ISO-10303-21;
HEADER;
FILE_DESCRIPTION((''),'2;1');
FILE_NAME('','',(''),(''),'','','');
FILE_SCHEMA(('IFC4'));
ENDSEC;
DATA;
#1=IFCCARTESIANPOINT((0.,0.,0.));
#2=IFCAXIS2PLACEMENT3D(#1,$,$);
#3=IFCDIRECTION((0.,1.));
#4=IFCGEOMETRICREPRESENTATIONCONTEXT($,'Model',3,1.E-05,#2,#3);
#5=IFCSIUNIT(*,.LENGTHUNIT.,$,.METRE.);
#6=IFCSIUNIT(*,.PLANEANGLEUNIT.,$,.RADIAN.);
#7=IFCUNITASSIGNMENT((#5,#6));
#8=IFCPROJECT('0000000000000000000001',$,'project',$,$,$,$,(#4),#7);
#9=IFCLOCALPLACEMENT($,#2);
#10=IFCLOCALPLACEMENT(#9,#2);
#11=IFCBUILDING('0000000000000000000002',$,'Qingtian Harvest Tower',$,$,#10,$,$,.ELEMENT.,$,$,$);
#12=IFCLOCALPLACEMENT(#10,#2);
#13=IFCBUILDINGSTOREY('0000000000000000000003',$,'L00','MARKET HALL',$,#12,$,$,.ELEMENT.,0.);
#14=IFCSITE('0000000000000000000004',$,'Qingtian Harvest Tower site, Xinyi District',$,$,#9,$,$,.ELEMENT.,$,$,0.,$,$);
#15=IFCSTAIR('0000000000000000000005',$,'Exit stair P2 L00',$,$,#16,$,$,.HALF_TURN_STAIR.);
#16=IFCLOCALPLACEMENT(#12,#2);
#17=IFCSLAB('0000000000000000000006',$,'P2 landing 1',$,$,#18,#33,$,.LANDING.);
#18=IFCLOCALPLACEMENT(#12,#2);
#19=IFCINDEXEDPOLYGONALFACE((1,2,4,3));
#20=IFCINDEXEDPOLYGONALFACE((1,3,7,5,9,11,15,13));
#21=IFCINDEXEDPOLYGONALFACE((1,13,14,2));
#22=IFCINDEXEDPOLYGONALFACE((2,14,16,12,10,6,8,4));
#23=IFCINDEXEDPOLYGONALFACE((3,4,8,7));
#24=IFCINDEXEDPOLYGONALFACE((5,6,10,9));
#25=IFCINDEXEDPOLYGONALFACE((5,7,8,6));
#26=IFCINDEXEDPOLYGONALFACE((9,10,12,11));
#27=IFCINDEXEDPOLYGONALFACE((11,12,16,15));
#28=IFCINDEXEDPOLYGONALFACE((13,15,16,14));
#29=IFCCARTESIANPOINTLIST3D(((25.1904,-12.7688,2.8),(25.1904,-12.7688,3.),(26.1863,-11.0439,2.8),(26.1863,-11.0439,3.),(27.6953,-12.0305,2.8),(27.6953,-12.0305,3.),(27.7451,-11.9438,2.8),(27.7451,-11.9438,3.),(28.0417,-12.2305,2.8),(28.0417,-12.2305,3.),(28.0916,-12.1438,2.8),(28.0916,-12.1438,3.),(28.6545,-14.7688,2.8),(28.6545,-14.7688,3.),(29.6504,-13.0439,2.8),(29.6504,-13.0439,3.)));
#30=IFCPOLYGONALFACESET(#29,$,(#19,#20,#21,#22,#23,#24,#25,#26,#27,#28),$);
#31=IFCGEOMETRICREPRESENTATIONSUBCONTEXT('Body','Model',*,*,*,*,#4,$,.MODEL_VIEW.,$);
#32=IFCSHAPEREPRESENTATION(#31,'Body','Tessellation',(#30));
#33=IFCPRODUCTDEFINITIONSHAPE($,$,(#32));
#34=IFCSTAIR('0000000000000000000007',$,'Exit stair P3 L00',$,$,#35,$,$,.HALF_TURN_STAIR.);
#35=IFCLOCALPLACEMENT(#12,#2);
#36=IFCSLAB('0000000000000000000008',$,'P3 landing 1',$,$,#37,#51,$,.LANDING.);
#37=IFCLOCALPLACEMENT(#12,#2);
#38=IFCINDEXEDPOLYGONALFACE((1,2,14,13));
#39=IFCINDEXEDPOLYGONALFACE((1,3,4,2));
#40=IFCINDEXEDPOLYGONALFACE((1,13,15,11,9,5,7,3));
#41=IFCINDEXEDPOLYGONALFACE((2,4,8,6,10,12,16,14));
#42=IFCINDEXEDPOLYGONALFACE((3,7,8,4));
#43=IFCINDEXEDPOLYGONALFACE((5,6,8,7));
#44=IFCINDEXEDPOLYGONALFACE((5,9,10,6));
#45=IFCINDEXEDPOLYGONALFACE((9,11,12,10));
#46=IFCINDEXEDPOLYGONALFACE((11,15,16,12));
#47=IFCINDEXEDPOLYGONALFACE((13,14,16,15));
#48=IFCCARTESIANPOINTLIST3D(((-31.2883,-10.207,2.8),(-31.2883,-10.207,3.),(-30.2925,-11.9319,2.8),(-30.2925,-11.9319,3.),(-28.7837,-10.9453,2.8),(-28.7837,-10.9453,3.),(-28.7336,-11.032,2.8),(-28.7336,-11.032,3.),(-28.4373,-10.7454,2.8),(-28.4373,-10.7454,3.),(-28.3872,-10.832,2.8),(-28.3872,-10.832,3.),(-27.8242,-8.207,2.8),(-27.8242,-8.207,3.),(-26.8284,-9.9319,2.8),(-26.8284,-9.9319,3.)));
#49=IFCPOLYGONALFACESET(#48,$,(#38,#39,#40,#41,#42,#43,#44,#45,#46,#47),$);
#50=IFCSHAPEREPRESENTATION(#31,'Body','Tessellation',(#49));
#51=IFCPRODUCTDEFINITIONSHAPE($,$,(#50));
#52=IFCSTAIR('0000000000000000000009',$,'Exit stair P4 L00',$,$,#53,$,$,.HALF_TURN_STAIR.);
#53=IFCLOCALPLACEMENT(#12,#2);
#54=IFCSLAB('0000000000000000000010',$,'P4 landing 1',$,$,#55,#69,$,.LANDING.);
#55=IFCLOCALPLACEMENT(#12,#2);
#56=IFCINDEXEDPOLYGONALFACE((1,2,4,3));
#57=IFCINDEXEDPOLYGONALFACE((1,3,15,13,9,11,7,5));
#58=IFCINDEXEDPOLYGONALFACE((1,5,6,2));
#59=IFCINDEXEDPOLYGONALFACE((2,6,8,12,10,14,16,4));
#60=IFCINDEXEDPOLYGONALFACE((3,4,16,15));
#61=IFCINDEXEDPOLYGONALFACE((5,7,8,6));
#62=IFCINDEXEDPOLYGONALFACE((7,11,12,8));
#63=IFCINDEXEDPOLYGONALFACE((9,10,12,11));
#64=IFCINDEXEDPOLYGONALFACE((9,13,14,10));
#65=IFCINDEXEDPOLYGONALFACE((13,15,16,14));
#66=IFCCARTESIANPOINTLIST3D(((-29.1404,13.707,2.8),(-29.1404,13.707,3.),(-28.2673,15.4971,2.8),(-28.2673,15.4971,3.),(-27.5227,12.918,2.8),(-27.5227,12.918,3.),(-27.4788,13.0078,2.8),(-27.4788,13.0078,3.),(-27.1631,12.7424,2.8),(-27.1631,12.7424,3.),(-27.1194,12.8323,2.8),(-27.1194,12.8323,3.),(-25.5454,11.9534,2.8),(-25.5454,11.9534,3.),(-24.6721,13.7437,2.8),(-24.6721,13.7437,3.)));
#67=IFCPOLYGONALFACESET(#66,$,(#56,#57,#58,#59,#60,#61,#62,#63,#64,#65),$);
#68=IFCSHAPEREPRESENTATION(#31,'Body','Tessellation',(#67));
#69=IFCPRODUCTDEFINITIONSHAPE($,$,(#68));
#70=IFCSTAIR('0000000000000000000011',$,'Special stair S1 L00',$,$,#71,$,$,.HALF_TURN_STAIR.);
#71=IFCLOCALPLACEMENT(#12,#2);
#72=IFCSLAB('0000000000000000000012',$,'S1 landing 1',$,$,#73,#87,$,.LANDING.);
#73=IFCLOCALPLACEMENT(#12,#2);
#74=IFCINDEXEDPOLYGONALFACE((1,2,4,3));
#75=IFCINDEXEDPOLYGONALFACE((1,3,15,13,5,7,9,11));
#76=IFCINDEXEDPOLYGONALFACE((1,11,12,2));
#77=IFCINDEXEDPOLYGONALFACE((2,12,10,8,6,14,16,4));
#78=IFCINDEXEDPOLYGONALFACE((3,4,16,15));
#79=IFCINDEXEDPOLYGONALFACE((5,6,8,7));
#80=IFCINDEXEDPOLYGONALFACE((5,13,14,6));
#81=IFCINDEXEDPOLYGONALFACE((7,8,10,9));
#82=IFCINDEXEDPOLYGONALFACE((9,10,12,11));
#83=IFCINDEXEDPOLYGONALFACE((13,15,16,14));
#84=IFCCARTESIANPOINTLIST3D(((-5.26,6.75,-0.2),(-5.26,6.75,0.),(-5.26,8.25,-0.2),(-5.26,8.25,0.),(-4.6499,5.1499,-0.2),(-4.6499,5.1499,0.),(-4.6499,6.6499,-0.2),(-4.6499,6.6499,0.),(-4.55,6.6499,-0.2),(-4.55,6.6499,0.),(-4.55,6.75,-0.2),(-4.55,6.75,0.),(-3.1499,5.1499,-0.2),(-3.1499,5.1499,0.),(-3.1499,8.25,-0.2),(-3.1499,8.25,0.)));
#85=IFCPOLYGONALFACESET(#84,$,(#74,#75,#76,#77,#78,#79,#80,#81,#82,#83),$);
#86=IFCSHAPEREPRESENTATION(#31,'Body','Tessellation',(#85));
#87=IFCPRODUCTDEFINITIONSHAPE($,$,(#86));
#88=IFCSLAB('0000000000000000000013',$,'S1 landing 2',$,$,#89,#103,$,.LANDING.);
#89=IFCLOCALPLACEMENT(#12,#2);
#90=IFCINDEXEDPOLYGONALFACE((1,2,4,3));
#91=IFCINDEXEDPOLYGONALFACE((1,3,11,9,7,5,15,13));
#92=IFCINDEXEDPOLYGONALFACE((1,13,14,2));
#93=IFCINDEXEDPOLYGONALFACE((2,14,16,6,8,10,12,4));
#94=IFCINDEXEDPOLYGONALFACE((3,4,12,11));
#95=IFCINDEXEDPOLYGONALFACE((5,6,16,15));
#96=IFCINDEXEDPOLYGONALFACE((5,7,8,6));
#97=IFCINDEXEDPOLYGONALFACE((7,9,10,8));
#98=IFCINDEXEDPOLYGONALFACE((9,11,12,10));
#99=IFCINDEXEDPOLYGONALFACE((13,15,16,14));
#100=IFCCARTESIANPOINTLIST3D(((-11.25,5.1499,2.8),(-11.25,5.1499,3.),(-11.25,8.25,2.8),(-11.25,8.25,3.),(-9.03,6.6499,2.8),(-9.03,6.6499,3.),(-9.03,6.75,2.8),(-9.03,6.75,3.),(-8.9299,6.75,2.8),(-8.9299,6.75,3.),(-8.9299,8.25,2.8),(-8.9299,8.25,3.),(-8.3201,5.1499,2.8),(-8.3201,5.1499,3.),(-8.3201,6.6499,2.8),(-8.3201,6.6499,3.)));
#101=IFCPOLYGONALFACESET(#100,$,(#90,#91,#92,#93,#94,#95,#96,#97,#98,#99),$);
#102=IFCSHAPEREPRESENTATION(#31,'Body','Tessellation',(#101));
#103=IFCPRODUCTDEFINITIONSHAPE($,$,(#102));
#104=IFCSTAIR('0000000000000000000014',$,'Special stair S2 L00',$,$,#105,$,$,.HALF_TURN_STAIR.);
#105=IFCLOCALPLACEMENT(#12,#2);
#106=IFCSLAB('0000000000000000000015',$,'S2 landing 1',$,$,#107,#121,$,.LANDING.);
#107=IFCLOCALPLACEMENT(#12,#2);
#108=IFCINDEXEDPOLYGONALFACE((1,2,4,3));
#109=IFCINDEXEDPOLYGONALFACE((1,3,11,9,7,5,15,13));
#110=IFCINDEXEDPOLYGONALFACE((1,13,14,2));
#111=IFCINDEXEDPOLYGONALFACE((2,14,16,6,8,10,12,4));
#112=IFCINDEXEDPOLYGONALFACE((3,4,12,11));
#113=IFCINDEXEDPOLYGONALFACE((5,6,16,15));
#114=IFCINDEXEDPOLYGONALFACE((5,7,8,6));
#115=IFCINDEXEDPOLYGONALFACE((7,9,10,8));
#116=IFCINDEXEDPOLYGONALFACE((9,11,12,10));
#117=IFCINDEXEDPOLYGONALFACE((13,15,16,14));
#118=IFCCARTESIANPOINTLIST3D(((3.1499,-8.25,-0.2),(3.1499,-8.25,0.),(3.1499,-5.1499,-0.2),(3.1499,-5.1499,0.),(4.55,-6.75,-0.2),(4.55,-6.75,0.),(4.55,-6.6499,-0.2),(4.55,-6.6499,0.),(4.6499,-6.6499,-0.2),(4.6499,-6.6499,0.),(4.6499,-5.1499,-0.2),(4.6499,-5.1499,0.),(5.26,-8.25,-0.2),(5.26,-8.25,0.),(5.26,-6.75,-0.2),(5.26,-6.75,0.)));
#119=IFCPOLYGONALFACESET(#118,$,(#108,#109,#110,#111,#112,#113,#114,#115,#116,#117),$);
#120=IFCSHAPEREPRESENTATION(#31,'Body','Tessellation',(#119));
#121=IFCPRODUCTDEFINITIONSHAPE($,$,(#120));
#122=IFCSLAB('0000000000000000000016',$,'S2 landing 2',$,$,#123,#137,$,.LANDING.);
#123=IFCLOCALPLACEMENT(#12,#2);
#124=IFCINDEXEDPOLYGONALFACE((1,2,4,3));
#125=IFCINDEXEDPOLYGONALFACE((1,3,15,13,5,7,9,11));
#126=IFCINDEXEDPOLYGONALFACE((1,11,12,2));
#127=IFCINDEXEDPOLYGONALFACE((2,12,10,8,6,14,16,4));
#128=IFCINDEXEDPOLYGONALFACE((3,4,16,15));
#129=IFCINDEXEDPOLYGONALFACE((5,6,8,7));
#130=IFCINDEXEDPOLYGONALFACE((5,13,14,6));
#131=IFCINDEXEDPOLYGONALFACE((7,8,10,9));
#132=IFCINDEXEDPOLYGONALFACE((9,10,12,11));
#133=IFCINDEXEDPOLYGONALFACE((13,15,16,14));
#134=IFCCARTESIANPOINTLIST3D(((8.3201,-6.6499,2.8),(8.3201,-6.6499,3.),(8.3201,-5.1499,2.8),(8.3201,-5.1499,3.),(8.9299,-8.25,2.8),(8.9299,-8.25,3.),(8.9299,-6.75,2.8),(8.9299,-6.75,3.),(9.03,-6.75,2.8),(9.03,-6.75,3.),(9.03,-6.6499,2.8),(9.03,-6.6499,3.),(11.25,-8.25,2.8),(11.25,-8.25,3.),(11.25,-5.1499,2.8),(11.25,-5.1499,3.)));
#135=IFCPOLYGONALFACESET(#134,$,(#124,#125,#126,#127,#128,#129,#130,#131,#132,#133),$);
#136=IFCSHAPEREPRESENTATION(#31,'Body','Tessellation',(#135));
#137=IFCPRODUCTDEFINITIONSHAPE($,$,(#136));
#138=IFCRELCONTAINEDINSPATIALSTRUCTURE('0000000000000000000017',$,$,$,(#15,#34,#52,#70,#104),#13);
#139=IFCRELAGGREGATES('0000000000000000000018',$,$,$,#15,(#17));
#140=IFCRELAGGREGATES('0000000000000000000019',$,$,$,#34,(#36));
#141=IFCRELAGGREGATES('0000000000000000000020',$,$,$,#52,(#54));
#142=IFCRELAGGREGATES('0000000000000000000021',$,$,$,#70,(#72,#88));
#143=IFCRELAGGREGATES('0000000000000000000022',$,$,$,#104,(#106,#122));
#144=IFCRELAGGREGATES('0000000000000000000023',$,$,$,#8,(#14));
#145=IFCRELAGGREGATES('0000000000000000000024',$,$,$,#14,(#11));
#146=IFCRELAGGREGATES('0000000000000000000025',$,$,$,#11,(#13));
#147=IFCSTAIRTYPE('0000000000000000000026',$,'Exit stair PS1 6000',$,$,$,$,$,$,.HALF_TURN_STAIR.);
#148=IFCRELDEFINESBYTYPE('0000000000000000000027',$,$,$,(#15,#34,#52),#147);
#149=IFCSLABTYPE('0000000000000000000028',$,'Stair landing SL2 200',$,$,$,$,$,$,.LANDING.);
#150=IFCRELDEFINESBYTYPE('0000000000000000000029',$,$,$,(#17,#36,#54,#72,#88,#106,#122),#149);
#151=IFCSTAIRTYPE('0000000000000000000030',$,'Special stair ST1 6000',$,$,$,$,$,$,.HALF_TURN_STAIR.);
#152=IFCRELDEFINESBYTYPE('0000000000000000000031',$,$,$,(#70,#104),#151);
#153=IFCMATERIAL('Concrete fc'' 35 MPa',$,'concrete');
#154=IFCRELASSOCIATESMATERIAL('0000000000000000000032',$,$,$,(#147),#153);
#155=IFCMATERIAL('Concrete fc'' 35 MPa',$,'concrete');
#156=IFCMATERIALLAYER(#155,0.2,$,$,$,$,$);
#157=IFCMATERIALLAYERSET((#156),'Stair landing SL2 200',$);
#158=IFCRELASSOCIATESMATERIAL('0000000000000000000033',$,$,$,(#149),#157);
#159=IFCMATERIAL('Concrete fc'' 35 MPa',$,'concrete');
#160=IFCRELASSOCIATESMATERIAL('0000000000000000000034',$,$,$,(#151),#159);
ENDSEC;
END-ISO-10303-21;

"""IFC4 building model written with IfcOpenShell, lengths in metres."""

from ifc_helpers import new_model, si_unit, direction, frame, origin, place, context, subcontext, project, spatial, polyline, outline, extrude, material, layer, layer_set, type_object, element, aggregate, save


model = new_model("IFC4")

# Units and contexts
model_context = context("Model", 3, precision=1e-05, world=origin(), true_north=direction((0.0, 1.0)))
body_context = subcontext(model_context, "Body", "Model", "MODEL_VIEW")
ifc_project = project(units=[si_unit("LENGTHUNIT", "METRE"), si_unit("PLANEANGLEUNIT", "RADIAN")], contexts=[model_context])

# Site, building, storey
site_placement = place(None, origin())
site = spatial("IfcSite", under=ifc_project, at=site_placement, Name="Qingtian Harvest Tower site, Xinyi District", CompositionType="ELEMENT", RefElevation=0.0)
building_placement = place(site_placement, origin())
building = spatial("IfcBuilding", under=site, at=building_placement, Name="Qingtian Harvest Tower", CompositionType="ELEMENT")
storey_placement = place(building_placement, origin())
storey = spatial("IfcBuildingStorey", under=building, at=storey_placement, Name="L00", Description="MARKET HALL", CompositionType="ELEMENT", Elevation=0.0)

# Stairs, slabs
ifc_material_1 = material(Name="Concrete fc' 35 MPa", Category="concrete")
stair_type_1 = type_object("IfcStairType", Name="Exit stair PS1 6000", PredefinedType="HALF_TURN_STAIR", material=ifc_material_1)
ifc_material_2 = material(Name="Concrete fc' 35 MPa", Category="concrete")
ifc_layer_1 = layer(ifc_material_2, 0.2)
ifc_layer_set_1 = layer_set([ifc_layer_1], Name="Stair landing SL2 200")
slab_type_1 = type_object("IfcSlabType", Name="Stair landing SL2 200", PredefinedType="LANDING", material=ifc_layer_set_1)
stair_1_placement = place(storey_placement, origin())
stair_1 = element("IfcStair", 1, at=stair_1_placement, inside=storey, type_object=stair_type_1, Name="Exit stair P2 L00", PredefinedType="HALF_TURN_STAIR")
slab_1_placement = place(storey_placement, frame((0.0, 0.0, 2.8)))
slab_1 = element("IfcSlab", 2, at=slab_1_placement, type_object=slab_type_1, Name="P2 landing 1", PredefinedType="LANDING", context=body_context, shape_type="SweptSolid", body=[
    extrude(outline(polyline([(25.1904, -12.7688), (26.1863, -11.0439), (27.7451, -11.9438), (27.6953, -12.0305), (28.0417, -12.2305), (28.0916, -12.1438), (29.6504, -13.0439), (28.6545, -14.7688), (25.1904, -12.7688)])), origin(), (0.0, 0.0, 1.0), 0.2),
])
aggregate(stair_1, [slab_1])
stair_2_placement = place(storey_placement, origin())
stair_2 = element("IfcStair", 3, at=stair_2_placement, inside=storey, type_object=stair_type_1, Name="Exit stair P3 L00", PredefinedType="HALF_TURN_STAIR")
slab_2_placement = place(storey_placement, frame((0.0, 0.0, 2.8)))
slab_2 = element("IfcSlab", 4, at=slab_2_placement, type_object=slab_type_1, Name="P3 landing 1", PredefinedType="LANDING", context=body_context, shape_type="SweptSolid", body=[
    extrude(outline(polyline([(-27.8242, -8.207), (-26.8284, -9.9319), (-28.3872, -10.832), (-28.4373, -10.7454), (-28.7837, -10.9453), (-28.7336, -11.032), (-30.2925, -11.9319), (-31.2883, -10.207), (-27.8242, -8.207)])), origin(), (0.0, 0.0, 1.0), 0.2),
])
aggregate(stair_2, [slab_2])
stair_3_placement = place(storey_placement, origin())
stair_3 = element("IfcStair", 5, at=stair_3_placement, inside=storey, type_object=stair_type_1, Name="Exit stair P4 L00", PredefinedType="HALF_TURN_STAIR")
slab_3_placement = place(storey_placement, frame((0.0, 0.0, 2.8)))
slab_3 = element("IfcSlab", 6, at=slab_3_placement, type_object=slab_type_1, Name="P4 landing 1", PredefinedType="LANDING", context=body_context, shape_type="SweptSolid", body=[
    extrude(outline(polyline([(-24.6721, 13.7437), (-25.5454, 11.9534), (-27.1631, 12.7424), (-27.1194, 12.8323), (-27.4788, 13.0078), (-27.5227, 12.918), (-29.1404, 13.707), (-28.2673, 15.4971), (-24.6721, 13.7437)])), origin(), (0.0, 0.0, 1.0), 0.2),
])
aggregate(stair_3, [slab_3])

# Stairs, slabs
ifc_material_3 = material(Name="Concrete fc' 35 MPa", Category="concrete")
stair_type_2 = type_object("IfcStairType", Name="Special stair ST1 6000", PredefinedType="HALF_TURN_STAIR", material=ifc_material_3)
stair_4_placement = place(storey_placement, origin())
stair_4 = element("IfcStair", 7, at=stair_4_placement, inside=storey, type_object=stair_type_2, Name="Special stair S1 L00", PredefinedType="HALF_TURN_STAIR")
slab_4_placement = place(storey_placement, frame((0.0, 0.0, -0.2)))
slab_4 = element("IfcSlab", 8, at=slab_4_placement, type_object=slab_type_1, Name="S1 landing 1", PredefinedType="LANDING", context=body_context, shape_type="SweptSolid", body=[
    extrude(outline(polyline([(-4.6499, 5.1499), (-4.6499, 6.6499), (-4.55, 6.6499), (-4.55, 6.75), (-5.26, 6.75), (-5.26, 8.25), (-3.1499, 8.25), (-3.1499, 5.1499), (-4.6499, 5.1499)])), origin(), (0.0, 0.0, 1.0), 0.2),
])
slab_5_placement = place(storey_placement, frame((0.0, 0.0, 2.8)))
slab_5 = element("IfcSlab", 9, at=slab_5_placement, type_object=slab_type_1, Name="S1 landing 2", PredefinedType="LANDING", context=body_context, shape_type="SweptSolid", body=[
    extrude(outline(polyline([(-8.3201, 5.1499), (-11.25, 5.1499), (-11.25, 8.25), (-8.9299, 8.25), (-8.9299, 6.75), (-9.03, 6.75), (-9.03, 6.6499), (-8.3201, 6.6499), (-8.3201, 5.1499)])), origin(), (0.0, 0.0, 1.0), 0.2),
])
aggregate(stair_4, [slab_4, slab_5])
stair_5_placement = place(storey_placement, origin())
stair_5 = element("IfcStair", 10, at=stair_5_placement, inside=storey, type_object=stair_type_2, Name="Special stair S2 L00", PredefinedType="HALF_TURN_STAIR")
slab_6_placement = place(storey_placement, frame((0.0, 0.0, -0.2)))
slab_6 = element("IfcSlab", 11, at=slab_6_placement, type_object=slab_type_1, Name="S2 landing 1", PredefinedType="LANDING", context=body_context, shape_type="SweptSolid", body=[
    extrude(outline(polyline([(5.26, -8.25), (3.1499, -8.25), (3.1499, -5.1499), (4.6499, -5.1499), (4.6499, -6.6499), (4.55, -6.6499), (4.55, -6.75), (5.26, -6.75), (5.26, -8.25)])), origin(), (0.0, 0.0, 1.0), 0.2),
])
slab_7_placement = place(storey_placement, frame((0.0, 0.0, 2.8)))
slab_7 = element("IfcSlab", 12, at=slab_7_placement, type_object=slab_type_1, Name="S2 landing 2", PredefinedType="LANDING", context=body_context, shape_type="SweptSolid", body=[
    extrude(outline(polyline([(8.9299, -8.25), (8.9299, -6.75), (9.03, -6.75), (9.03, -6.6499), (8.3201, -6.6499), (8.3201, -5.1499), (11.25, -5.1499), (11.25, -8.25), (8.9299, -8.25)])), origin(), (0.0, 0.0, 1.0), 0.2),
])
aggregate(stair_5, [slab_6, slab_7])

save(model, "model.ifc")
